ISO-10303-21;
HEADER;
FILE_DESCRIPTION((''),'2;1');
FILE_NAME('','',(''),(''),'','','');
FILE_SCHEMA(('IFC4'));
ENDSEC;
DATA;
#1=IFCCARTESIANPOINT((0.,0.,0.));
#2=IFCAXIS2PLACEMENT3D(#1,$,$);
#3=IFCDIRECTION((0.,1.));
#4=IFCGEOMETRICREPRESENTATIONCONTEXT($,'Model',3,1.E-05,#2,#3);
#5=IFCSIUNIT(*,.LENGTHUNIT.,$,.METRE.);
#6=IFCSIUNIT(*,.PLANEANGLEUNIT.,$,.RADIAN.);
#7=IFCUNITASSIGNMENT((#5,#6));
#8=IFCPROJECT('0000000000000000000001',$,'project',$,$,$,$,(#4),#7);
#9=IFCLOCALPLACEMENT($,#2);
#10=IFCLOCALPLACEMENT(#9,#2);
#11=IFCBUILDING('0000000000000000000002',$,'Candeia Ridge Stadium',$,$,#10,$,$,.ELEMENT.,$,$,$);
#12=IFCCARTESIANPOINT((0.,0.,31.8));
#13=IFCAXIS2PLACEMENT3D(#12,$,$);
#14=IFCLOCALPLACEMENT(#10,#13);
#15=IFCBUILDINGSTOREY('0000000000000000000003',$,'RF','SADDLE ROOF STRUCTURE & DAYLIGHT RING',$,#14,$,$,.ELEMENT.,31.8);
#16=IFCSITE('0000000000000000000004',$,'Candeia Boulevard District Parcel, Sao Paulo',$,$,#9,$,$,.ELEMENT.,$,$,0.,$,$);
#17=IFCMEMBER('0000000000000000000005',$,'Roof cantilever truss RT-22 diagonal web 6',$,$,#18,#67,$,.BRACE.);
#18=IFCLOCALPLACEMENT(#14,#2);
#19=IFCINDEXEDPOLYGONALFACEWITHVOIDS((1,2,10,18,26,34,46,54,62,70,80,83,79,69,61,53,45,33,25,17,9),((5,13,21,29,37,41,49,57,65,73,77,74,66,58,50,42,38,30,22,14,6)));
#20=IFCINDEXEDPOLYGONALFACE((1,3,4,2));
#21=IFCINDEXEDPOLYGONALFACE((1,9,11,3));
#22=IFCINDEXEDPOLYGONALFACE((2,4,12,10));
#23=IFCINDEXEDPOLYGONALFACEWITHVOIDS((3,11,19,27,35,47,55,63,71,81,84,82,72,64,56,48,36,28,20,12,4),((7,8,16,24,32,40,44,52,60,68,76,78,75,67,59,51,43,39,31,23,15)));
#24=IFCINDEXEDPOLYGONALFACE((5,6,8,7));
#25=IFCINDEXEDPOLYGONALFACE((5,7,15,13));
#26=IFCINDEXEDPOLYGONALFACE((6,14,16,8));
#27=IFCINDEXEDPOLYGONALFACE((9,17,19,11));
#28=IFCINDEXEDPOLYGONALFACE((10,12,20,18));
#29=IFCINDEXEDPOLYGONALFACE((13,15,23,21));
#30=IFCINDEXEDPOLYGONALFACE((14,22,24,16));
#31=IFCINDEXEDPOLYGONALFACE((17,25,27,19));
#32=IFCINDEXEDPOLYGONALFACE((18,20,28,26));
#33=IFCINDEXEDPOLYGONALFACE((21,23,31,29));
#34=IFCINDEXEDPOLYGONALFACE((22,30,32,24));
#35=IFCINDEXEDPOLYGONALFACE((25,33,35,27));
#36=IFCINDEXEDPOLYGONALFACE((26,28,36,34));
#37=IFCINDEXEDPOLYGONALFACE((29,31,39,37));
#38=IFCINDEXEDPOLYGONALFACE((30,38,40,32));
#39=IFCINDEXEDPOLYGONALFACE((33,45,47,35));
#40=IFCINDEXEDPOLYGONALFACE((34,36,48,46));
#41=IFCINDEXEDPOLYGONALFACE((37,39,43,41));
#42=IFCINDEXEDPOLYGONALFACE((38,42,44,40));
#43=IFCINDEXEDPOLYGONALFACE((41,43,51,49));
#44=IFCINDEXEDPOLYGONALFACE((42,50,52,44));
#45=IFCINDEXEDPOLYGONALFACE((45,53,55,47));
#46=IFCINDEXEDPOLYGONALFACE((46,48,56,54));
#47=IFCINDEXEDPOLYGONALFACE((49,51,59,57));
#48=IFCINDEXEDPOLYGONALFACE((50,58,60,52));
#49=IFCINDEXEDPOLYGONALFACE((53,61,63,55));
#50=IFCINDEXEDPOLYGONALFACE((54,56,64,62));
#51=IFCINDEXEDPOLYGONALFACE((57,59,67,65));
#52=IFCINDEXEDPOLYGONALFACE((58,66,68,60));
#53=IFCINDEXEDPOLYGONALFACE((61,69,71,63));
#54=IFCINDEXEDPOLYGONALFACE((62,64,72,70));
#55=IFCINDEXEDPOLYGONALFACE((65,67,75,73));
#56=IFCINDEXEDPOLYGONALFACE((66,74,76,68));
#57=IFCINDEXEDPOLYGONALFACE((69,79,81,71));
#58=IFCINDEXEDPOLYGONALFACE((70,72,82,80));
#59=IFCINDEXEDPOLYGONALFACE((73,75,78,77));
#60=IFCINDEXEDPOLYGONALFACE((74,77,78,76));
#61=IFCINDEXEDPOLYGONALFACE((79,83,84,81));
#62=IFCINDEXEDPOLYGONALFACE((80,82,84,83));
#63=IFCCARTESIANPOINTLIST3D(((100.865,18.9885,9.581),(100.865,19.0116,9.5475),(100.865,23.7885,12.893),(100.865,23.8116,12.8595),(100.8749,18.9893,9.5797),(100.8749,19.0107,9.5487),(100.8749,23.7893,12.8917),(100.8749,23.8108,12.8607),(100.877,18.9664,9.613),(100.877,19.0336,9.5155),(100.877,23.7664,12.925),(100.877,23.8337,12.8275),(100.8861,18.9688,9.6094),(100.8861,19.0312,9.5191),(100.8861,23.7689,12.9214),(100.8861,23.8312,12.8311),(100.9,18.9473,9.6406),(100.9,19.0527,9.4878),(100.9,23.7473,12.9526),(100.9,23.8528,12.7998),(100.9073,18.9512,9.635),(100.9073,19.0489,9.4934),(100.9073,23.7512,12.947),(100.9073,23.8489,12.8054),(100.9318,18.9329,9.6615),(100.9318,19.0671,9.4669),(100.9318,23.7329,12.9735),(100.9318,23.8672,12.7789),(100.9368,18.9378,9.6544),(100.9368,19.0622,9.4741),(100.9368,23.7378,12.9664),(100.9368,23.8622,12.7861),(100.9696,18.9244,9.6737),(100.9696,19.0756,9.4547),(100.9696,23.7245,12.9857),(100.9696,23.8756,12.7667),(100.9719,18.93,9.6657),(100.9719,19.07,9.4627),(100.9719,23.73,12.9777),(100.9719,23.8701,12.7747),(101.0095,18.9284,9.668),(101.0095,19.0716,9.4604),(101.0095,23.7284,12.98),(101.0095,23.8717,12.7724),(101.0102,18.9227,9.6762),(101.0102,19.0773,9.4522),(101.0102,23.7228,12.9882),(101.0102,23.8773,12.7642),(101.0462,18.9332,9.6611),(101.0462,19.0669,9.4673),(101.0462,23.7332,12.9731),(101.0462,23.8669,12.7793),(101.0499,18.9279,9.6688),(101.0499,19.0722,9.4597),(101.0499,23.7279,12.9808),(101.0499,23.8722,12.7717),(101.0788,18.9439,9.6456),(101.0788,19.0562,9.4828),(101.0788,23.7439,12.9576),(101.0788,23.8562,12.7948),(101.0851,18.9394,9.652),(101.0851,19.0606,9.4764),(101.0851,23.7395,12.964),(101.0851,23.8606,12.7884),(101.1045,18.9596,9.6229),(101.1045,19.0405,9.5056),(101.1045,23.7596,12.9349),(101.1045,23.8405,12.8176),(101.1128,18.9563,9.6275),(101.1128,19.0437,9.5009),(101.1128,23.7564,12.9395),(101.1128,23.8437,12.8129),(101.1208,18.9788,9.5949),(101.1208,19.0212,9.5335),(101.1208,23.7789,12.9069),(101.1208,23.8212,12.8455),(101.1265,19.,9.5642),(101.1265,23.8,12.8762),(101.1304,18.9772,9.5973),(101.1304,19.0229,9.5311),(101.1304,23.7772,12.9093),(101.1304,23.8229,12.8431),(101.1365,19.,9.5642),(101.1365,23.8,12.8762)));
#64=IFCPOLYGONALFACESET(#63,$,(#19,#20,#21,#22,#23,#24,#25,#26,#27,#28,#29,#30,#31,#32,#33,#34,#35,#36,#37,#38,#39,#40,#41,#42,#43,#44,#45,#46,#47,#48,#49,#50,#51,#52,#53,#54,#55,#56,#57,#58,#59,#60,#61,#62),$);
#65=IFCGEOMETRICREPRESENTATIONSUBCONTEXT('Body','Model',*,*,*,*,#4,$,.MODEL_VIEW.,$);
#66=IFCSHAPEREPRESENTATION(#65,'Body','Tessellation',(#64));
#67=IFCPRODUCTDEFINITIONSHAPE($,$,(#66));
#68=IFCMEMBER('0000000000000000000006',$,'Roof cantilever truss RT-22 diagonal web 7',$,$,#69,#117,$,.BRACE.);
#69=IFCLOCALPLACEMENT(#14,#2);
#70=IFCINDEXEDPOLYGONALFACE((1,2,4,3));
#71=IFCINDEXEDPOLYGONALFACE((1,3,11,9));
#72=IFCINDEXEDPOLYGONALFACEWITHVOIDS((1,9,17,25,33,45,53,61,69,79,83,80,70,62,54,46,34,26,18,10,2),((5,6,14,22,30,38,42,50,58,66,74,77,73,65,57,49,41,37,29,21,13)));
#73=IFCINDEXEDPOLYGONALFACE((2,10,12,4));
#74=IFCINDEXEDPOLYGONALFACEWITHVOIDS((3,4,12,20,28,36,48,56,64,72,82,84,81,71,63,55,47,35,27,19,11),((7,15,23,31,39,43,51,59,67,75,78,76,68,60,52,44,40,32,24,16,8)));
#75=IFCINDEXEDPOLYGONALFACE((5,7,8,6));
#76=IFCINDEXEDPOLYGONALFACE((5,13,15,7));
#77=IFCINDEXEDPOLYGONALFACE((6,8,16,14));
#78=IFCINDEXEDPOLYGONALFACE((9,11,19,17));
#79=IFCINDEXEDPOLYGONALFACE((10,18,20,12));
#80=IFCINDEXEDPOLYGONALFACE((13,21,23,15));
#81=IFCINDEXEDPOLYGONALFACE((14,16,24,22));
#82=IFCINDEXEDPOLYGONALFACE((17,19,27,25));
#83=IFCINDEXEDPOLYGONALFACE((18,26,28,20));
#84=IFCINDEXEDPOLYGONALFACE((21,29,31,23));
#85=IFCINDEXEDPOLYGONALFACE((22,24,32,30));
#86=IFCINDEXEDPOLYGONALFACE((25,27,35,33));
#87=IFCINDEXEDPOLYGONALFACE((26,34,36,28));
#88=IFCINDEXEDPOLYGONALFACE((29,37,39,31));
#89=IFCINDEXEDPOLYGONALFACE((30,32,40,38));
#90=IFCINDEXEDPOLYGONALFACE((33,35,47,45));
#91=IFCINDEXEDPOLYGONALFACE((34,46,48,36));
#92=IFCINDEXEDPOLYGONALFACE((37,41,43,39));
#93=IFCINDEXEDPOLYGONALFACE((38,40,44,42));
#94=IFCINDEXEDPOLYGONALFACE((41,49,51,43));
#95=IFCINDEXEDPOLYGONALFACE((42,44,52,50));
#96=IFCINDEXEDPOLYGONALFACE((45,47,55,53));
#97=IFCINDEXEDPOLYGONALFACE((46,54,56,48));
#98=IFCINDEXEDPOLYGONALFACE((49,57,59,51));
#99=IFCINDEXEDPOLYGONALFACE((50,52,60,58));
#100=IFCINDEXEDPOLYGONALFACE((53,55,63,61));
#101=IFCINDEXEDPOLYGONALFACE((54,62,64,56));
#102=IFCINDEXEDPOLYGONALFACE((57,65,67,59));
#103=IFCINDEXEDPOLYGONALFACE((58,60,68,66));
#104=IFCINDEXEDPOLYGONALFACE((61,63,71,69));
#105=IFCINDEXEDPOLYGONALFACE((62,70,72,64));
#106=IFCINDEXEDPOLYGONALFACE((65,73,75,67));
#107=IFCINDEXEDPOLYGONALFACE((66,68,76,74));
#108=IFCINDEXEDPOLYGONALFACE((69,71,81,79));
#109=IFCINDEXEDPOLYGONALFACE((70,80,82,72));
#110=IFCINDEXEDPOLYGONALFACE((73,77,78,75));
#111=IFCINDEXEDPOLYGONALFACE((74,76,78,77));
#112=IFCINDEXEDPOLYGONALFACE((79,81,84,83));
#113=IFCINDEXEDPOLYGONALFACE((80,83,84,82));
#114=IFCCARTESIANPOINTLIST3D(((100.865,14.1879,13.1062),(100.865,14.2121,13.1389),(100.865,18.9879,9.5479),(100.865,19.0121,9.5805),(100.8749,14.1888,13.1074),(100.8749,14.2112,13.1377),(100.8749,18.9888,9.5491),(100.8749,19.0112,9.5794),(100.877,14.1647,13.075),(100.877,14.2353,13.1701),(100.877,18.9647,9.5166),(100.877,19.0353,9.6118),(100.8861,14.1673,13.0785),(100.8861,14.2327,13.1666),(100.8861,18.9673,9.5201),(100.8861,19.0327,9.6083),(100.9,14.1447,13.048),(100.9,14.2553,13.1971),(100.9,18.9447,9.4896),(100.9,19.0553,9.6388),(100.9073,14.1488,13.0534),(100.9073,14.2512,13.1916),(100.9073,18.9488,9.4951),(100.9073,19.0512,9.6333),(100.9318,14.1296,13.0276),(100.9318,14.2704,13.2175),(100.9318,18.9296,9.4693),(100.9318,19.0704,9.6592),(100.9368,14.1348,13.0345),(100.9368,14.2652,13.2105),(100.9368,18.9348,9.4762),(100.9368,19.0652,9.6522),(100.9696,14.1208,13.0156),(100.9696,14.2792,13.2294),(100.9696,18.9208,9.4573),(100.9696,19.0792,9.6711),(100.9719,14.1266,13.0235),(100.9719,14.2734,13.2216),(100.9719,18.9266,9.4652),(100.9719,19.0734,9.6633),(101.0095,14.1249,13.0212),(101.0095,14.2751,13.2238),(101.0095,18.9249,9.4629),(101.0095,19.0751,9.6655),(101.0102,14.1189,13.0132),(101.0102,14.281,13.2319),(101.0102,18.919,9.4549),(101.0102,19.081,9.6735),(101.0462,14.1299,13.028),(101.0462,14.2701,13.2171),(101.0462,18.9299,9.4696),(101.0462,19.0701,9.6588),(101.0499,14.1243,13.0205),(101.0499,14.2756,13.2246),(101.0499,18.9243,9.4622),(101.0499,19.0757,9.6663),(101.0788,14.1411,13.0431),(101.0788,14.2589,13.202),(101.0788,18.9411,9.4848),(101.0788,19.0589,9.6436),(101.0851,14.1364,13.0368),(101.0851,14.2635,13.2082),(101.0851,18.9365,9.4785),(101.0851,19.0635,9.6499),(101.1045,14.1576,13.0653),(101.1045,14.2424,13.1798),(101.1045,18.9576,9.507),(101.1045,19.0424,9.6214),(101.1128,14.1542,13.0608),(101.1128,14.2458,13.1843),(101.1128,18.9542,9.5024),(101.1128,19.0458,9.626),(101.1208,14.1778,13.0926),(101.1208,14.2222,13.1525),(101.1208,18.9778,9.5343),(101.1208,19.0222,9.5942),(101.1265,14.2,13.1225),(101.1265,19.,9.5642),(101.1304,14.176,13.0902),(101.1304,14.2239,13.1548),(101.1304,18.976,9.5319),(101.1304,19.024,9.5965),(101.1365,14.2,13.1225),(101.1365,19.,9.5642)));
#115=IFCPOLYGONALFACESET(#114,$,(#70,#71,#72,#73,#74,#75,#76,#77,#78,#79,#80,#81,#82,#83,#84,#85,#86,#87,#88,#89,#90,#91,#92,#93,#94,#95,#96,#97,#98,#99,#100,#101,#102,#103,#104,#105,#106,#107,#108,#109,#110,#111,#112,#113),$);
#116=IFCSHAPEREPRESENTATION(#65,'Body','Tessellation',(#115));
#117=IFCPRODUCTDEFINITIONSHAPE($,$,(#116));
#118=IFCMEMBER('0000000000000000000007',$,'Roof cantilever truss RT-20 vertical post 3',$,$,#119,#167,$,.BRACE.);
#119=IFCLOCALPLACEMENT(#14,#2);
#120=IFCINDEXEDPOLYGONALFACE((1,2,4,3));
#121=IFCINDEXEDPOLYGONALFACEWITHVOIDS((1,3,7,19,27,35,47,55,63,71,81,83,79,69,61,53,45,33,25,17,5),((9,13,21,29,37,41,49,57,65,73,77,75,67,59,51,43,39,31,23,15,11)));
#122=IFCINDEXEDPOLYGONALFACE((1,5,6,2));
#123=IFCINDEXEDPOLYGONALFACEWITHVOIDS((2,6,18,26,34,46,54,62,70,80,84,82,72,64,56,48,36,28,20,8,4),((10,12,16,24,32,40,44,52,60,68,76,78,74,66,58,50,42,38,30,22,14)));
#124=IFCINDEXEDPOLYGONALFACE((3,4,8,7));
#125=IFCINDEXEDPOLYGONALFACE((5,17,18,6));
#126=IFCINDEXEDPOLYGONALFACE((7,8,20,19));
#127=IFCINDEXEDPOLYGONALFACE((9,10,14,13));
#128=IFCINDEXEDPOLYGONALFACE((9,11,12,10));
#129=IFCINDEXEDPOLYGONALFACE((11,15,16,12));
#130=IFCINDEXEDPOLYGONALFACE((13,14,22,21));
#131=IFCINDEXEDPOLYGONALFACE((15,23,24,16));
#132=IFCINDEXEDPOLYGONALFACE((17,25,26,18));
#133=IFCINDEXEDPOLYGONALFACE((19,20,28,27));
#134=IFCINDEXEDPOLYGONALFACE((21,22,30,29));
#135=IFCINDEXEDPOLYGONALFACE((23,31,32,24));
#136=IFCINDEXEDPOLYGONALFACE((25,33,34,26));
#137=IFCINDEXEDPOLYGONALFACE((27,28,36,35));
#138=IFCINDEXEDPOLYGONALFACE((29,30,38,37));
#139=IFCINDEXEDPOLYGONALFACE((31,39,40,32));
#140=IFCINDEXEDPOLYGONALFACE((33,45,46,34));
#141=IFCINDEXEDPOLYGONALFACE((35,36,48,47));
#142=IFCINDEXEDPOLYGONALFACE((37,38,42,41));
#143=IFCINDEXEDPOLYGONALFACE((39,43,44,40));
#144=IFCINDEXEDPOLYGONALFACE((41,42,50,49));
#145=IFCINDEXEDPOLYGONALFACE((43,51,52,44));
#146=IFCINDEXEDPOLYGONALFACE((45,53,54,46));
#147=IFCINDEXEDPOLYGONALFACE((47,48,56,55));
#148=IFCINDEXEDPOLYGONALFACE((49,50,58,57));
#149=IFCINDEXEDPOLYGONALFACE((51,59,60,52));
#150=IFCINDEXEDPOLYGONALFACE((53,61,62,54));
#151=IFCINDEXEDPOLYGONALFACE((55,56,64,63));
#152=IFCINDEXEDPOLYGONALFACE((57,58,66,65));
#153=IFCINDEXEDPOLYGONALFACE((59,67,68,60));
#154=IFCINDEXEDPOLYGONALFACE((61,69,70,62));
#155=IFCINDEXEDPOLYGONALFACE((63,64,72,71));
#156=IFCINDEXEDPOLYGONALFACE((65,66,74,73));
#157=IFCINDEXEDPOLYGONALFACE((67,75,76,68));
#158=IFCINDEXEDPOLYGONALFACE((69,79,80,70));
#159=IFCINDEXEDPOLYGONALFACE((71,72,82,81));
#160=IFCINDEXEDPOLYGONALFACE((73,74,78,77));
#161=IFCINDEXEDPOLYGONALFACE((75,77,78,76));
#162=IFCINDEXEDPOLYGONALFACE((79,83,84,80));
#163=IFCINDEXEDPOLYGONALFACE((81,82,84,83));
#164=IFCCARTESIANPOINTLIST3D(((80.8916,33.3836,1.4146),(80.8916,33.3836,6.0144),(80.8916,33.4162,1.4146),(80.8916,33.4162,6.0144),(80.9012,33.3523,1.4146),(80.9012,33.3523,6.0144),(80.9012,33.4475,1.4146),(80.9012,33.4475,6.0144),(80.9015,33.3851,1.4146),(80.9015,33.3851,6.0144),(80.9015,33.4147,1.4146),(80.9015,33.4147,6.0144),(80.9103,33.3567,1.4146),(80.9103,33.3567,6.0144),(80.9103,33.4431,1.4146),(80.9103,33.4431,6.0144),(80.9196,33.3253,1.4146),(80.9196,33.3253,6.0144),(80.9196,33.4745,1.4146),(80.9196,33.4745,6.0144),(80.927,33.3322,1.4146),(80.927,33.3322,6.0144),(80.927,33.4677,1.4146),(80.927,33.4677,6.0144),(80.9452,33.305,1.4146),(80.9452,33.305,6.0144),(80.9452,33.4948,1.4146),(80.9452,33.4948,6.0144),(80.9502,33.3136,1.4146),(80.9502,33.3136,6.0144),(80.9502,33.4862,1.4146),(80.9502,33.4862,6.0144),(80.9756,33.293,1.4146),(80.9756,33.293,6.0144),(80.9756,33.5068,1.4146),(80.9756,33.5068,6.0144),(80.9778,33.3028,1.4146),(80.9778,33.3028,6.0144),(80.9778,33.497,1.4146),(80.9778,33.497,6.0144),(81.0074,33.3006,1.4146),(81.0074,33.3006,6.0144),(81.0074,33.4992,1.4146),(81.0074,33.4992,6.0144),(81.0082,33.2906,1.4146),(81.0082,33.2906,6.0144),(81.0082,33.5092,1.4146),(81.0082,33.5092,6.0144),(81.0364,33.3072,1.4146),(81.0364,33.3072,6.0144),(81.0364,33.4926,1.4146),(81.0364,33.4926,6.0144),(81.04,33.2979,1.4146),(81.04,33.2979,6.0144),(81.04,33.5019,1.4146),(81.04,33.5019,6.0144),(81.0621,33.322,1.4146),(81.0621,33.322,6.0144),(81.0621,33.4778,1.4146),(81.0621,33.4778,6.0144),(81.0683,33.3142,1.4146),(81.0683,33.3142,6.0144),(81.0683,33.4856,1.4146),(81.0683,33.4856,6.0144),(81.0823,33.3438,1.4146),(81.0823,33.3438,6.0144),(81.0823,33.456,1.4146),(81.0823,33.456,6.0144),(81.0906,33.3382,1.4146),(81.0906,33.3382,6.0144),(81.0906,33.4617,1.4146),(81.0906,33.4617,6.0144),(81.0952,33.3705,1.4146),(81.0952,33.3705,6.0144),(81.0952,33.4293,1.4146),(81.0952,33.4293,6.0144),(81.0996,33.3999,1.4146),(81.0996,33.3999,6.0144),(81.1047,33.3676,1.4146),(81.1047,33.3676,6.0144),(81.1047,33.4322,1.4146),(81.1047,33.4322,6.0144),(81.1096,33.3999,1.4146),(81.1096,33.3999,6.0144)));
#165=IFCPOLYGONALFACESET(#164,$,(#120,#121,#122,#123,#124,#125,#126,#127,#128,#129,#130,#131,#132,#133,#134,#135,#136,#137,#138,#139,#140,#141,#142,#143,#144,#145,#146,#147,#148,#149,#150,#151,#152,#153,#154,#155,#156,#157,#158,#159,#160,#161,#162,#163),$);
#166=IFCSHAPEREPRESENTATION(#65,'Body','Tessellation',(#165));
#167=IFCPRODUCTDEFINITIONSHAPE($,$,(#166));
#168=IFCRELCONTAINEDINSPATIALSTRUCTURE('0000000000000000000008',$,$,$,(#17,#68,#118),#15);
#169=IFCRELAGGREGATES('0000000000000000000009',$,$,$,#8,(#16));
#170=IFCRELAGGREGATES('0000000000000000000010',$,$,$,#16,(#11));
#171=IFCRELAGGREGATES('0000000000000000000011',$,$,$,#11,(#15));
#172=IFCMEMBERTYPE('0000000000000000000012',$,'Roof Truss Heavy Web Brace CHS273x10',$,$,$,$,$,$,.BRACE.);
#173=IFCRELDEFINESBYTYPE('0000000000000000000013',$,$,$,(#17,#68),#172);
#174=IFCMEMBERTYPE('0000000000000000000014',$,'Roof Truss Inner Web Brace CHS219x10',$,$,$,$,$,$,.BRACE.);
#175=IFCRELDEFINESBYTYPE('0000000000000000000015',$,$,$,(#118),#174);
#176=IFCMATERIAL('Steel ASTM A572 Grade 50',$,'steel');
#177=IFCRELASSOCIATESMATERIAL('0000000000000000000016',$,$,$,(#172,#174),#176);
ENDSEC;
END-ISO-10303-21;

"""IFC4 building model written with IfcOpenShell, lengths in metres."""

from ifc_helpers import new_model, si_unit, direction, frame, origin, origin_2d, place, context, subcontext, project, spatial, hollow_circle, extrude, material, material_profile, profile_set, type_object, element, save


model = new_model("IFC4")

# Units and contexts
model_context = context("Model", 3, precision=1e-05, world=origin(), true_north=direction((0.0, 1.0)))
body_context = subcontext(model_context, "Body", "Model", "MODEL_VIEW")
ifc_project = project(units=[si_unit("LENGTHUNIT", "METRE"), si_unit("PLANEANGLEUNIT", "RADIAN")], contexts=[model_context])

# Site, building, storey
site_placement = place(None, origin())
site = spatial("IfcSite", under=ifc_project, at=site_placement, Name="Candeia Boulevard District Parcel, Sao Paulo", CompositionType="ELEMENT", RefElevation=0.0)
building_placement = place(site_placement, origin())
building = spatial("IfcBuilding", under=site, at=building_placement, Name="Candeia Ridge Stadium", CompositionType="ELEMENT")
storey_placement = place(building_placement, frame((0.0, 0.0, 31.8)))
storey = spatial("IfcBuildingStorey", under=building, at=storey_placement, Name="RF", Description="SADDLE ROOF STRUCTURE & DAYLIGHT RING", CompositionType="ELEMENT", Elevation=31.8)

# Shared definitions
ifc_material = material(Name="Steel ASTM A572 Grade 50", Category="steel")

# Members
ifc_material_profile_1 = material_profile(ifc_material, hollow_circle(Radius=0.1365, WallThickness=0.01, at=origin_2d()), Name="CHS273x10", Category="steel")
ifc_profile_set_1 = profile_set([ifc_material_profile_1], Name="Steel ASTM A572 Grade 50")
member_type_1 = type_object("IfcMemberType", Name="Roof Truss Heavy Web Brace CHS273x10", PredefinedType="BRACE", material=ifc_profile_set_1)
member_1_placement = place(storey_placement, frame((101.0, 23.8, 12.8762), z_axis=(0.0, -0.823082, -0.567923), x_axis=(1.0, 0.0, 0.0)))
element("IfcMember", 1, at=member_1_placement, inside=storey, type_object=member_type_1, Name="Roof cantilever truss RT-22 diagonal web 6", PredefinedType="BRACE", context=body_context, shape_type="SweptSolid", body=[
    extrude(hollow_circle(Radius=0.1365, WallThickness=0.01, at=origin_2d()), origin(), (0.0, 0.0, 1.0), 5.8318),
])
member_2_placement = place(storey_placement, frame((101.0, 19.0, 9.5642), z_axis=(0.0, -0.803336, 0.595526), x_axis=(1.0, 0.0, 0.0)))
element("IfcMember", 2, at=member_2_placement, inside=storey, type_object=member_type_1, Name="Roof cantilever truss RT-22 diagonal web 7", PredefinedType="BRACE", context=body_context, shape_type="SweptSolid", body=[
    extrude(hollow_circle(Radius=0.1365, WallThickness=0.01, at=origin_2d()), origin(), (0.0, 0.0, 1.0), 5.9751),
])
ifc_material_profile_2 = material_profile(ifc_material, hollow_circle(Radius=0.1096, WallThickness=0.01, at=origin_2d()), Name="CHS219x10", Category="steel")
ifc_profile_set_2 = profile_set([ifc_material_profile_2], Name="Steel ASTM A572 Grade 50")
member_type_2 = type_object("IfcMemberType", Name="Roof Truss Inner Web Brace CHS219x10", PredefinedType="BRACE", material=ifc_profile_set_2)
member_3_placement = place(storey_placement, frame((81.0, 33.3999, 1.4146), z_axis=(0.0, 0.0, 1.0), x_axis=(1.0, 0.0, 0.0)))
element("IfcMember", 3, at=member_3_placement, inside=storey, type_object=member_type_2, Name="Roof cantilever truss RT-20 vertical post 3", PredefinedType="BRACE", context=body_context, shape_type="SweptSolid", body=[
    extrude(hollow_circle(Radius=0.1096, WallThickness=0.01, at=origin_2d()), origin(), (0.0, 0.0, 1.0), 4.5999),
])

save(model, "model.ifc")
